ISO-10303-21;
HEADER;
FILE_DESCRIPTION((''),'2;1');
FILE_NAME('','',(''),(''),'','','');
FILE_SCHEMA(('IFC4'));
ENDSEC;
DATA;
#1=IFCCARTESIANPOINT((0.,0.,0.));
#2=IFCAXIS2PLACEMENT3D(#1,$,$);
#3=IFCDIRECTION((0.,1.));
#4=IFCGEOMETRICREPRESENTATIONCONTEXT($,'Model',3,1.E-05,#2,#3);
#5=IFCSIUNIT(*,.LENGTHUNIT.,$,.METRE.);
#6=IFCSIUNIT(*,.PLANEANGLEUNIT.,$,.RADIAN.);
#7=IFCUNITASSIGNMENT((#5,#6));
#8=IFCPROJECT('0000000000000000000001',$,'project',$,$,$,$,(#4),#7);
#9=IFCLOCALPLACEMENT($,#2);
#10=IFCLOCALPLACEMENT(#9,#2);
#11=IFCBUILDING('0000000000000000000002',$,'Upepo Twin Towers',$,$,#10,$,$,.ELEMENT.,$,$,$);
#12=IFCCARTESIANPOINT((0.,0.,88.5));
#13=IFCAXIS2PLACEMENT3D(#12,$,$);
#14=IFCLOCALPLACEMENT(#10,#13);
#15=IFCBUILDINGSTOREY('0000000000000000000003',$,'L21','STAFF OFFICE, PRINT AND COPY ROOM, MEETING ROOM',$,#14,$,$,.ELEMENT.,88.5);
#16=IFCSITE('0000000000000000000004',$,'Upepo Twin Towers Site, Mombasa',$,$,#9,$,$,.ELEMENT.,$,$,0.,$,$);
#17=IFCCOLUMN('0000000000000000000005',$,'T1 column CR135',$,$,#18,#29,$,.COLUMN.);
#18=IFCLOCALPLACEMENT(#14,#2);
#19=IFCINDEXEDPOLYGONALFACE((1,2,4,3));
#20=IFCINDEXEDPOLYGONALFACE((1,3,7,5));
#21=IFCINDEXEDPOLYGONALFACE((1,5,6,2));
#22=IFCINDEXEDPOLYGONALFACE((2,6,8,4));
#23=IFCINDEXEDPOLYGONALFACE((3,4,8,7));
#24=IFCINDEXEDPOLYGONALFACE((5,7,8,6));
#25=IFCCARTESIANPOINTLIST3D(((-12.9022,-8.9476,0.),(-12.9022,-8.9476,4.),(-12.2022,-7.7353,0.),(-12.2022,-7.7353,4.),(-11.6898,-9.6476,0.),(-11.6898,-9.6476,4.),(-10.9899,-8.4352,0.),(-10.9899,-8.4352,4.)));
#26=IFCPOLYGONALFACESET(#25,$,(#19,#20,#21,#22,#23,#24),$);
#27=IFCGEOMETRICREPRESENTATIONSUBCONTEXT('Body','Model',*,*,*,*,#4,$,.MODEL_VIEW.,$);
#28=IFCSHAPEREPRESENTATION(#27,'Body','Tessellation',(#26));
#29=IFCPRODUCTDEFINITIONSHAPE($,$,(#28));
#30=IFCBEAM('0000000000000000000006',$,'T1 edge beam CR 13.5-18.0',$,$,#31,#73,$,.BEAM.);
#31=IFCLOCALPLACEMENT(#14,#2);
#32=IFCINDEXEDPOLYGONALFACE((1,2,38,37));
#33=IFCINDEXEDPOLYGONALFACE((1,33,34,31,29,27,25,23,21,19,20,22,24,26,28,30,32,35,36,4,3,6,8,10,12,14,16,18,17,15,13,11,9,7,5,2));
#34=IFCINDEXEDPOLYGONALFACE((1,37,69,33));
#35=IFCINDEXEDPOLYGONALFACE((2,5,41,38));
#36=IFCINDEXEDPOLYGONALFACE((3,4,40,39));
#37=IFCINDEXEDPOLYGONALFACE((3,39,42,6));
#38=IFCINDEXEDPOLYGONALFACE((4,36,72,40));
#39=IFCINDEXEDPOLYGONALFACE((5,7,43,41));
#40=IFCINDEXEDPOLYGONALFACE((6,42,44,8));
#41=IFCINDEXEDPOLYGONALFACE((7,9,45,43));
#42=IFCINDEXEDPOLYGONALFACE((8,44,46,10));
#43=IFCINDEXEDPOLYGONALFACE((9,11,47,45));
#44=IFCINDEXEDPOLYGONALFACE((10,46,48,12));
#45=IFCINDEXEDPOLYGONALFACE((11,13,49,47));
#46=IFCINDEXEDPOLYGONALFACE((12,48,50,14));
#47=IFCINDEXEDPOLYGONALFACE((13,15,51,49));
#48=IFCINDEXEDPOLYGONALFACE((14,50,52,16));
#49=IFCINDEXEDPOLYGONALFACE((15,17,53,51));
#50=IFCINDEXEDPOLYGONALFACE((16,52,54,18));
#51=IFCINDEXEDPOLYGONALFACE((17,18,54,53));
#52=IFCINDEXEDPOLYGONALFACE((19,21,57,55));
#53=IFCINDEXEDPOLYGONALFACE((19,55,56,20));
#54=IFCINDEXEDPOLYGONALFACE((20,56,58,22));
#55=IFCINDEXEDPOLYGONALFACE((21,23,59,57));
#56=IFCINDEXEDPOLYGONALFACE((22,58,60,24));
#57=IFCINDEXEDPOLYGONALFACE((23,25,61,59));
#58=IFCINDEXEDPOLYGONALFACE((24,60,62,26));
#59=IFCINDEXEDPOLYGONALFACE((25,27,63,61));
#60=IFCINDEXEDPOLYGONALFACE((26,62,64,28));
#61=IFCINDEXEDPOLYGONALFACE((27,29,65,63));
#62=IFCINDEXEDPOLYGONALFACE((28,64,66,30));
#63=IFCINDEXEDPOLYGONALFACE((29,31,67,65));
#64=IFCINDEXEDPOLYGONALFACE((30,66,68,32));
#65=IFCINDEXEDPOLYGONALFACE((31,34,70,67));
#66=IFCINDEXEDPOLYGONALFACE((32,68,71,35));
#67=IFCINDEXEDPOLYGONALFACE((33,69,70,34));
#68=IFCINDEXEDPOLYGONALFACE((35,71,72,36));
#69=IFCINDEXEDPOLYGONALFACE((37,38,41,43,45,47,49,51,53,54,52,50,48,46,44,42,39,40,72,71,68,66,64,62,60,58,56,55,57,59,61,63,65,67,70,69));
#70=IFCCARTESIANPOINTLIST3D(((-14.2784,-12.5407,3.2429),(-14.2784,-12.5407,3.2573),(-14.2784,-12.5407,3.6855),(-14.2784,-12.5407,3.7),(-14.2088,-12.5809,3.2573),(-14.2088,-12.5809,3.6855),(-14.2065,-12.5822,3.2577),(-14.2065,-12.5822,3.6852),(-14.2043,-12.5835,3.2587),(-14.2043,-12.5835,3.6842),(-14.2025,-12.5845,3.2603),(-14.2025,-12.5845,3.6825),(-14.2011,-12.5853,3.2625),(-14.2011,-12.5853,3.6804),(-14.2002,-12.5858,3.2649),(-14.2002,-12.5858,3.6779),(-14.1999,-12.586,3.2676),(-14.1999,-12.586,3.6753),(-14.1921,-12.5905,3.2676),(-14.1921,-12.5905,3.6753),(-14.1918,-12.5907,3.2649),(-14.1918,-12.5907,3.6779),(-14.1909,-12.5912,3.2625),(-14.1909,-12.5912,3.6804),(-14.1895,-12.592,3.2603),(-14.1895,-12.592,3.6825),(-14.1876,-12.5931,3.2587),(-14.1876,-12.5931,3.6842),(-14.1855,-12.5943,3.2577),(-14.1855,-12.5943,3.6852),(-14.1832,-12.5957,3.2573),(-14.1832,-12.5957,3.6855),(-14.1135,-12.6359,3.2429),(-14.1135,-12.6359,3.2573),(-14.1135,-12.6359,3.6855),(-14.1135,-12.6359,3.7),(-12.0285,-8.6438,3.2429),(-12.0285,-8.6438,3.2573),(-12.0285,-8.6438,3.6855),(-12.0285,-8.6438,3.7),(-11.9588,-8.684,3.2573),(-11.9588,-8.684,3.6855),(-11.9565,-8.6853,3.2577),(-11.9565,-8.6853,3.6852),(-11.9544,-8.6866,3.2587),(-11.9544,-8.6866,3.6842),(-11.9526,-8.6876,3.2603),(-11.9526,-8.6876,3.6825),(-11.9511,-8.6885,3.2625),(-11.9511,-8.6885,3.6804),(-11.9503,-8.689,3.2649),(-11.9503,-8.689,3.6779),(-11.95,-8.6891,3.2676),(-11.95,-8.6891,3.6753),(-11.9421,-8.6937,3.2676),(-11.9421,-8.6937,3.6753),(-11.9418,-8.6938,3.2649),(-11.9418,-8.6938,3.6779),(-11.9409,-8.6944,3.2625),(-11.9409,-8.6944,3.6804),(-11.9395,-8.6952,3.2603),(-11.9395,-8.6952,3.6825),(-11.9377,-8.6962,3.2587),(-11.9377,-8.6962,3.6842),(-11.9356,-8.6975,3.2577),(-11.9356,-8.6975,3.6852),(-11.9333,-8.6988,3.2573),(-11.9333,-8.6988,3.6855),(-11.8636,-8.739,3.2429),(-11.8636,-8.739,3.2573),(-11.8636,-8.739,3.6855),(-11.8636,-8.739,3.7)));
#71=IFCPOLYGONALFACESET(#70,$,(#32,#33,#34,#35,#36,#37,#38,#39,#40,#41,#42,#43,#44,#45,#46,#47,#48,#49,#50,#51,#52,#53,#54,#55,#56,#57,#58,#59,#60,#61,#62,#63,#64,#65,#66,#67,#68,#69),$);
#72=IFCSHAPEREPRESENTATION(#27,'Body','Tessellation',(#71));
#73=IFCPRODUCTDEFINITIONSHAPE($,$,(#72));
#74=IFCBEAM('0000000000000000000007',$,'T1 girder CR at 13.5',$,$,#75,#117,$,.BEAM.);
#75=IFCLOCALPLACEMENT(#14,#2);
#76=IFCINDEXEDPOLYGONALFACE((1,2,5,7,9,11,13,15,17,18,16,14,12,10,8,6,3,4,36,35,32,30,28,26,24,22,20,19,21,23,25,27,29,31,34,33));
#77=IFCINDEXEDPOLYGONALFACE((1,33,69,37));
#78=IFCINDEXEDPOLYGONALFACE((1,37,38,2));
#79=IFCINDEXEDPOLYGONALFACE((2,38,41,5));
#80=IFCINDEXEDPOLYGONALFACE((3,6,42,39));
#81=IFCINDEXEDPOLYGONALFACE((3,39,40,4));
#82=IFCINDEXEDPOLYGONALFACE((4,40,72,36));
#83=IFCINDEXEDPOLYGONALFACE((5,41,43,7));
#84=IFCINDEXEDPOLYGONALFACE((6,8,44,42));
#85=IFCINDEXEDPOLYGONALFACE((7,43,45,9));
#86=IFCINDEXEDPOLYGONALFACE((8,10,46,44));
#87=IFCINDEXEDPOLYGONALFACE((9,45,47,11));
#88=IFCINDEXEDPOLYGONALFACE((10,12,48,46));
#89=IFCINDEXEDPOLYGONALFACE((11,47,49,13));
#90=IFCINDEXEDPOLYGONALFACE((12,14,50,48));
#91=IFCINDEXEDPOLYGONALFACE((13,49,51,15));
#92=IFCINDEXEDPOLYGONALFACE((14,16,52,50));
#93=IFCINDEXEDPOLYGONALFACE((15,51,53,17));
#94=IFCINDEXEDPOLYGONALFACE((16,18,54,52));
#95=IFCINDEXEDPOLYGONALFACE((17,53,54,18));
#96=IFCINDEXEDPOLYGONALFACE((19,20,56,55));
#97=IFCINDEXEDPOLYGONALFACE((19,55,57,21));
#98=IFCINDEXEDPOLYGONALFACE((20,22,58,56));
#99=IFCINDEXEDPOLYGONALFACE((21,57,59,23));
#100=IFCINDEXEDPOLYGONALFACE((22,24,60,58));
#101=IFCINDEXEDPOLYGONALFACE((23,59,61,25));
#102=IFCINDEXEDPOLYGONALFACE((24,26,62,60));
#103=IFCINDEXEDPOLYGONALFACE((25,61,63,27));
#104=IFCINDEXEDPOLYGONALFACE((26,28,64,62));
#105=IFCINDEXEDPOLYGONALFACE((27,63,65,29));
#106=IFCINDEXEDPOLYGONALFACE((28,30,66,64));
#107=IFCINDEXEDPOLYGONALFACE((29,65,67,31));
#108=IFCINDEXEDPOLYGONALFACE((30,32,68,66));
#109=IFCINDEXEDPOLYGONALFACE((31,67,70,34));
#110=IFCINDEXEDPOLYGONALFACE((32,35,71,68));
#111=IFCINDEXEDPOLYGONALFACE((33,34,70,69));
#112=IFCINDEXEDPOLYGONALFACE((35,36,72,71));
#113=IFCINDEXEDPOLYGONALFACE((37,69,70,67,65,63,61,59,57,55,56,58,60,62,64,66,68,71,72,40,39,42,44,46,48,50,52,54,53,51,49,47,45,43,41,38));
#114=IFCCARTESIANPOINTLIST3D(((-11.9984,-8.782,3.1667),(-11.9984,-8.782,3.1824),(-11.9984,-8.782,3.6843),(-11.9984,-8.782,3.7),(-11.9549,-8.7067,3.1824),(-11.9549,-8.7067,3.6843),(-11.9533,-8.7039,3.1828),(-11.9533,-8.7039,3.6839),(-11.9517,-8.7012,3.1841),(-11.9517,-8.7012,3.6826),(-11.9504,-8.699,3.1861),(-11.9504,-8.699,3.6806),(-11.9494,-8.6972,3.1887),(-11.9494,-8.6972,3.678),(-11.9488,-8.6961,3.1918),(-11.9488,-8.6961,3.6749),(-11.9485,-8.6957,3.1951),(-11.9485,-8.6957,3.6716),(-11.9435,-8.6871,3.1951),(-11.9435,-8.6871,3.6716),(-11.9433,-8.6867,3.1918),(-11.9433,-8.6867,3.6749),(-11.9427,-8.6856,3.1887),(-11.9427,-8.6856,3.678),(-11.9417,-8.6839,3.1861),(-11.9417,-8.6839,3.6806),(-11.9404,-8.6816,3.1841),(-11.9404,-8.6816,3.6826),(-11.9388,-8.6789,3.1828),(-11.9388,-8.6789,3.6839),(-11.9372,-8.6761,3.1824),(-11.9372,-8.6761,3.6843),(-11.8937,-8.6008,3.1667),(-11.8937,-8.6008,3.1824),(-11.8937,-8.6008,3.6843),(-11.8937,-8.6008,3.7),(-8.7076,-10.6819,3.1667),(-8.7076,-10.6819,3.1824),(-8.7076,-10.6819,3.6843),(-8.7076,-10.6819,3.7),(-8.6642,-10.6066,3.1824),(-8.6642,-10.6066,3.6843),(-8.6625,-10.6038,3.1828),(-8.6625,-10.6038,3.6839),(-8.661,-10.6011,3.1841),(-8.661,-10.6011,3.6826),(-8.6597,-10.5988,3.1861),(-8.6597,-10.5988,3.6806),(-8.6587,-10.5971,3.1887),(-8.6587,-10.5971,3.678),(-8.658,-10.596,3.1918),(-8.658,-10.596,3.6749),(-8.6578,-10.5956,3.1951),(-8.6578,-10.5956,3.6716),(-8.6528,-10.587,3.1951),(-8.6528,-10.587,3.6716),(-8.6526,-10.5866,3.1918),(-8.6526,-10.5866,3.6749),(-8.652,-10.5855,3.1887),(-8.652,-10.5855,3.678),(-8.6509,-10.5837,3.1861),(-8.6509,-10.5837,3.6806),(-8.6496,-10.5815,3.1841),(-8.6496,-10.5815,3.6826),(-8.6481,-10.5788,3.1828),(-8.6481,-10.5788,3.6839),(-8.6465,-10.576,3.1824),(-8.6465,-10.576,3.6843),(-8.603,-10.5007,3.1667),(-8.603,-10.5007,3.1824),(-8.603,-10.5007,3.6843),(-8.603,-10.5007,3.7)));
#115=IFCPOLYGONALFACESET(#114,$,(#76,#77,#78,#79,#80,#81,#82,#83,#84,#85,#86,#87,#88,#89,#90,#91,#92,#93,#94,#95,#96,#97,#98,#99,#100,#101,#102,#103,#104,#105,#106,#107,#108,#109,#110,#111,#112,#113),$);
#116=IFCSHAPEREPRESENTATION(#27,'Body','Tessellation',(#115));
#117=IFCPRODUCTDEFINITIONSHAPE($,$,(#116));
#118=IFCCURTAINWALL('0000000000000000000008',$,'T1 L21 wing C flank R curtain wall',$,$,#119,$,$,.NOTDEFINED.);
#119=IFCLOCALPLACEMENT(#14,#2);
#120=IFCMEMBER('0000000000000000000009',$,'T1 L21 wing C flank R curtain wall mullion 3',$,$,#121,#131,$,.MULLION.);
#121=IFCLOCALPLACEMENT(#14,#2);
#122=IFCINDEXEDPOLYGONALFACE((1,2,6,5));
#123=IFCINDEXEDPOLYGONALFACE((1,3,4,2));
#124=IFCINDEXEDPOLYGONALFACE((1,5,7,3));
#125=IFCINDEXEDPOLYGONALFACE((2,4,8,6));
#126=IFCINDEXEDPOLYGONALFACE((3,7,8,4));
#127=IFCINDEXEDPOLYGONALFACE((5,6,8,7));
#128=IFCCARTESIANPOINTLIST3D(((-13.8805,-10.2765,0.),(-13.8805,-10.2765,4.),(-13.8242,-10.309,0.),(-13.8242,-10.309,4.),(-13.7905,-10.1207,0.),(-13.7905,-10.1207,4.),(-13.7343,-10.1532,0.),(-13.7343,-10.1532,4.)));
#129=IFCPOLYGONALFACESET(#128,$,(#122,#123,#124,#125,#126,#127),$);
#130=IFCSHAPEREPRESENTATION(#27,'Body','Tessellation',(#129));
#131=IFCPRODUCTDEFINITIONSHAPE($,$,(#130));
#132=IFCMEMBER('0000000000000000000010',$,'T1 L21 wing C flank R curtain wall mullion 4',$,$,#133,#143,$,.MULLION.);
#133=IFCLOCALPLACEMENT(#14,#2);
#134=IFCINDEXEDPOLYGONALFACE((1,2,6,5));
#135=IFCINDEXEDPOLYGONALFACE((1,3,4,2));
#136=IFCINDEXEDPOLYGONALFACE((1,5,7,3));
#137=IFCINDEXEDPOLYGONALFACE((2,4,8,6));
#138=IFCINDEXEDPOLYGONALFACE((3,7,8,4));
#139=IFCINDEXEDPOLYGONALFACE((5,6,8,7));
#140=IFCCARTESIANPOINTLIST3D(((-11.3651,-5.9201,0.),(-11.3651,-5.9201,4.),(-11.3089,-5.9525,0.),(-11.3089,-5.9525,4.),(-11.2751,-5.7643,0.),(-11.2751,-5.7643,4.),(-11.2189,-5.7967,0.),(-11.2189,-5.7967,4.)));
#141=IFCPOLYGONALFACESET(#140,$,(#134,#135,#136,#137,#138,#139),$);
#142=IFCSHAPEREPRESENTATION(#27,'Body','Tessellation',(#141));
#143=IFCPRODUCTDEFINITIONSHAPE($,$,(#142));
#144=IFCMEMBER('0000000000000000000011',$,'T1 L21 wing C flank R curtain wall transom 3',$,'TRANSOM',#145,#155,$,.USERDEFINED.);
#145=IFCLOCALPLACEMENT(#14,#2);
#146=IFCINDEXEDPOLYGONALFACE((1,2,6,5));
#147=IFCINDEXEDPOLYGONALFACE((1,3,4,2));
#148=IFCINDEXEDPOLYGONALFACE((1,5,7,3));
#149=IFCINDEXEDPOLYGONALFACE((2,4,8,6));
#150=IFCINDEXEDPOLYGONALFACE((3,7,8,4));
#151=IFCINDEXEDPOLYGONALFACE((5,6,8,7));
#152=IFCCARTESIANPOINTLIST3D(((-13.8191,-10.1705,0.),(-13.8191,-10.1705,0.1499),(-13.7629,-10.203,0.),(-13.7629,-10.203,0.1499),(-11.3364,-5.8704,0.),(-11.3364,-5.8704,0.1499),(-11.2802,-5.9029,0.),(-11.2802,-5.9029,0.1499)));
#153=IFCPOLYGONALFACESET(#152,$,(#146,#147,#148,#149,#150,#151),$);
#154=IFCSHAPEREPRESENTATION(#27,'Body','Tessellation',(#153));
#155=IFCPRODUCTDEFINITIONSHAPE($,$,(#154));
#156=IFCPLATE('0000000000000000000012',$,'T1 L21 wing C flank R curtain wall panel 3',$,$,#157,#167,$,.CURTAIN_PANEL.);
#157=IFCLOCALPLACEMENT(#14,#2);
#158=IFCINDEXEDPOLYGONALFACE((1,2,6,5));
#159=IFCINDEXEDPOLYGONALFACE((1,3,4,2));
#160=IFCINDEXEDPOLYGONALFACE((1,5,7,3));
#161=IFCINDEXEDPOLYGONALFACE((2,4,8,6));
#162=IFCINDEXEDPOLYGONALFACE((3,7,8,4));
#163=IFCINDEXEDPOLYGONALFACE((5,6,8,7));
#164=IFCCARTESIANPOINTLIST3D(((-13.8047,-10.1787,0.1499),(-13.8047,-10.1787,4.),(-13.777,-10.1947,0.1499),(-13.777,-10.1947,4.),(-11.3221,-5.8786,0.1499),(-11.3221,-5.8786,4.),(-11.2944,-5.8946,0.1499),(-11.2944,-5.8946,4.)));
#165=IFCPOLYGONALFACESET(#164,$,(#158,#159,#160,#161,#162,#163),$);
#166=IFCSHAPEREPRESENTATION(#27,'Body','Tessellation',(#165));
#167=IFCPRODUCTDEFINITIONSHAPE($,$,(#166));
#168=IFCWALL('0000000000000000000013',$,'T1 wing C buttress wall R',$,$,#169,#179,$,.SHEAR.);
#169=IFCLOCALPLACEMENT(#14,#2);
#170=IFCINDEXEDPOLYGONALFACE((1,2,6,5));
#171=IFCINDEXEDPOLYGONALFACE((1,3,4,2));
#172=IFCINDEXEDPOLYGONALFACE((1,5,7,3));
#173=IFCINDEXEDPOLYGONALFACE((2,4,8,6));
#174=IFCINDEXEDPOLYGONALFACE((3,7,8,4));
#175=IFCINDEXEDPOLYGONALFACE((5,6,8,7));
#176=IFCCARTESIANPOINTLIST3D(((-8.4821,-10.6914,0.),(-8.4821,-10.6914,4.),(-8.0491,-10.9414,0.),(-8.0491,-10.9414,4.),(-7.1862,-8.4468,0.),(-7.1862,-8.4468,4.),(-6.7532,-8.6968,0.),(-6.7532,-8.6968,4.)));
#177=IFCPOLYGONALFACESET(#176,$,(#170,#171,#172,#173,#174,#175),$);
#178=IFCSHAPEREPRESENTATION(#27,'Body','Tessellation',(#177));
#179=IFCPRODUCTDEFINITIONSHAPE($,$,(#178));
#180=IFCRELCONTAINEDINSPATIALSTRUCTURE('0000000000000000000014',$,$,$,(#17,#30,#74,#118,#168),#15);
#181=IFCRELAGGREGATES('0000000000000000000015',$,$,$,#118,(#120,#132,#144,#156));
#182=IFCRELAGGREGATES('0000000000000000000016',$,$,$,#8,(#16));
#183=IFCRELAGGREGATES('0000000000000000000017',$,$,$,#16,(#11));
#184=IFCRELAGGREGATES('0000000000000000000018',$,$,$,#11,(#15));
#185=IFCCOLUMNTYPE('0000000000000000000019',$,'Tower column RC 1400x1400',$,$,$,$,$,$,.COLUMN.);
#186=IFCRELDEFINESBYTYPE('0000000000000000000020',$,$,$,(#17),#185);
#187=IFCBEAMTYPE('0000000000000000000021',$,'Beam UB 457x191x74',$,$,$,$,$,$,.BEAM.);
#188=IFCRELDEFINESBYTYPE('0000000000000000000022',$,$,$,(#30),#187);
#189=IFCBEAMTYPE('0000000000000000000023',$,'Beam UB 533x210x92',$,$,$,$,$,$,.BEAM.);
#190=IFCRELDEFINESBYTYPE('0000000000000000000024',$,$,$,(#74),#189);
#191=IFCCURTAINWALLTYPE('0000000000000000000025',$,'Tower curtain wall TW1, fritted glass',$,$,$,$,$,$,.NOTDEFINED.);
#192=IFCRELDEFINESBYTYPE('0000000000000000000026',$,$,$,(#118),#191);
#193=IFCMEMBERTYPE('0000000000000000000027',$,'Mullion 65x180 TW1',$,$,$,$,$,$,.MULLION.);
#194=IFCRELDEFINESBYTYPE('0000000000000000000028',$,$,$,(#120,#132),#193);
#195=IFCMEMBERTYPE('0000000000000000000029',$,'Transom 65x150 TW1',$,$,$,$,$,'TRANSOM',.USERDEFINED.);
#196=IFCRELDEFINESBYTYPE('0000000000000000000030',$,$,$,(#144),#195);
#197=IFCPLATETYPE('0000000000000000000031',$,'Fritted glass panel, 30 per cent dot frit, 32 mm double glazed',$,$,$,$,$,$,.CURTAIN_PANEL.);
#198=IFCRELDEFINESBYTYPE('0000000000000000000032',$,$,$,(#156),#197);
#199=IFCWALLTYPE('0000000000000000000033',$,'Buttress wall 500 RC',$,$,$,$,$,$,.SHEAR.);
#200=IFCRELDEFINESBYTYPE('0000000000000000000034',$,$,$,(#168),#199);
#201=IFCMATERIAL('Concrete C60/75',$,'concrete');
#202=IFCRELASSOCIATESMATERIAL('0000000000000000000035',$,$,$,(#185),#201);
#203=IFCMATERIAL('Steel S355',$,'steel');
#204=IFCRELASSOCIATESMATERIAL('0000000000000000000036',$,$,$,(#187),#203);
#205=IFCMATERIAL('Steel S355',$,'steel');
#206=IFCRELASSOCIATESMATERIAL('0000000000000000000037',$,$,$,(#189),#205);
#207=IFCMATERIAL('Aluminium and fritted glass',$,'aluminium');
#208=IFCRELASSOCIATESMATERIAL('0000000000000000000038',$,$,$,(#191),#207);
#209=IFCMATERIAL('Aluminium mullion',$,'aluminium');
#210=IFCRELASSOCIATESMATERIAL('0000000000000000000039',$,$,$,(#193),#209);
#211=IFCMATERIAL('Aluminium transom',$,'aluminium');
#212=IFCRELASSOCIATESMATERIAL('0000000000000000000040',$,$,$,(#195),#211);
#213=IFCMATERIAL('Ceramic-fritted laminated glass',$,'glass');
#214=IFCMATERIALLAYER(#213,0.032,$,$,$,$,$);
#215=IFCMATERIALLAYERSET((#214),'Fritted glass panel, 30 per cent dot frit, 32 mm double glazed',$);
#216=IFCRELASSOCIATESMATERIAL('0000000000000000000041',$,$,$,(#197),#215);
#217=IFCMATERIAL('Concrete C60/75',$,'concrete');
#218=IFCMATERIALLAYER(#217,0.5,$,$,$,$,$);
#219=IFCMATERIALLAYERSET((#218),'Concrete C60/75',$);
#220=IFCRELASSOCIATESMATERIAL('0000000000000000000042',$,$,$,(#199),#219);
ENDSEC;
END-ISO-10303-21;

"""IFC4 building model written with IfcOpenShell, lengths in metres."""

from ifc_helpers import new_model, si_unit, direction, frame, frame_2d, origin, origin_2d, place, context, subcontext, project, spatial, rectangle, i_section, extrude, material, layer, layer_set, material_profile, profile_set, type_object, element, aggregate, save


model = new_model("IFC4")

# Units and contexts
model_context = context("Model", 3, precision=1e-05, world=origin(), true_north=direction((0.0, 1.0)))
body_context = subcontext(model_context, "Body", "Model", "MODEL_VIEW")
ifc_project = project(units=[si_unit("LENGTHUNIT", "METRE"), si_unit("PLANEANGLEUNIT", "RADIAN")], contexts=[model_context])

# Site, building, storey
site_placement = place(None, origin())
site = spatial("IfcSite", under=ifc_project, at=site_placement, Name="Upepo Twin Towers Site, Mombasa", CompositionType="ELEMENT", RefElevation=0.0)
building_placement = place(site_placement, origin())
building = spatial("IfcBuilding", under=site, at=building_placement, Name="Upepo Twin Towers", CompositionType="ELEMENT")
storey_placement = place(building_placement, frame((0.0, 0.0, 88.5)))
storey = spatial("IfcBuildingStorey", under=building, at=storey_placement, Name="L21", Description="STAFF OFFICE, PRINT AND COPY ROOM, MEETING ROOM", CompositionType="ELEMENT", Elevation=88.5)

# Column
ifc_material_1 = material(Name="Concrete C60/75", Category="concrete")
ifc_material_profile_1 = material_profile(ifc_material_1, rectangle(XDim=1.3999, YDim=1.3999, at=origin_2d()), Name="RC 1400x1400")
ifc_profile_set_1 = profile_set([ifc_material_profile_1], Name="Concrete C60/75")
column_type = type_object("IfcColumnType", Name="Tower column RC 1400x1400", PredefinedType="COLUMN", material=ifc_profile_set_1)
column_placement = place(storey_placement, frame((-11.946, -8.6914, 0.0), z_axis=(0.0, 0.0, 1.0), x_axis=(0.5, 0.866025, 0.0)))
element("IfcColumn", 1, at=column_placement, inside=storey, type_object=column_type, Name="T1 column CR135", PredefinedType="COLUMN", context=body_context, shape_type="SweptSolid", body=[
    extrude(rectangle(XDim=1.3999, YDim=1.3999, at=origin_2d()), origin(), (0.0, 0.0, 1.0), 4.0),
])

# Beams
ifc_material_2 = material(Name="Steel S355", Category="steel")
ifc_material_profile_2 = material_profile(ifc_material_2, i_section(OverallWidth=0.1904, OverallDepth=0.457, WebThickness=0.009, FlangeThickness=0.0144, FilletRadius=0.0103, at=origin_2d()), Name="UB 457x191x74")
ifc_profile_set_2 = profile_set([ifc_material_profile_2], Name="Steel S355")
beam_type_1 = type_object("IfcBeamType", Name="Beam UB 457x191x74", PredefinedType="BEAM", material=ifc_profile_set_2)
beam_1_placement = place(storey_placement, frame((-11.946, -8.6914, 3.4714), z_axis=(-0.500014, -0.866018, 0.0), x_axis=(0.866018, -0.500014, 0.0)))
element("IfcBeam", 2, at=beam_1_placement, inside=storey, type_object=beam_type_1, Name="T1 edge beam CR 13.5-18.0", PredefinedType="BEAM", context=body_context, shape_type="SweptSolid", body=[
    extrude(i_section(OverallWidth=0.1904, OverallDepth=0.457, WebThickness=0.009, FlangeThickness=0.0144, FilletRadius=0.0103, at=origin_2d()), origin(), (0.0, 0.0, 1.0), 4.4998),
])
ifc_material_3 = material(Name="Steel S355", Category="steel")
ifc_material_profile_3 = material_profile(ifc_material_3, i_section(OverallWidth=0.2092, OverallDepth=0.5332, WebThickness=0.01, FlangeThickness=0.0156, FilletRadius=0.0127, at=origin_2d()), Name="UB 533x210x92")
ifc_profile_set_3 = profile_set([ifc_material_profile_3], Name="Steel S355")
beam_type_2 = type_object("IfcBeamType", Name="Beam UB 533x210x92", PredefinedType="BEAM", material=ifc_profile_set_3)
beam_2_placement = place(storey_placement, frame((-11.946, -8.6914, 3.4333), z_axis=(0.866028, -0.499995, 0.0), x_axis=(0.499995, 0.866028, 0.0)))
element("IfcBeam", 3, at=beam_2_placement, inside=storey, type_object=beam_type_2, Name="T1 girder CR at 13.5", PredefinedType="BEAM", context=body_context, shape_type="SweptSolid", body=[
    extrude(i_section(OverallWidth=0.2092, OverallDepth=0.5332, WebThickness=0.01, FlangeThickness=0.0156, FilletRadius=0.0127, at=origin_2d()), origin(), (0.0, 0.0, 1.0), 3.7998),
])

# Curtain wall, members, plate
ifc_material_4 = material(Name="Aluminium and fritted glass", Category="aluminium")
curtain_wall_type = type_object("IfcCurtainWallType", Name="Tower curtain wall TW1, fritted glass", PredefinedType="NOTDEFINED", material=ifc_material_4)
curtain_wall_placement = place(storey_placement, origin())
curtain_wall = element("IfcCurtainWall", 4, at=curtain_wall_placement, inside=storey, type_object=curtain_wall_type, Name="T1 L21 wing C flank R curtain wall", PredefinedType="NOTDEFINED")
ifc_material_5 = material(Name="Aluminium mullion", Category="aluminium")
ifc_material_profile_4 = material_profile(ifc_material_5, rectangle(XDim=0.0649, YDim=0.1799, at=origin_2d()), Name="MULLION 65x180")
ifc_profile_set_4 = profile_set([ifc_material_profile_4], Name="Aluminium mullion")
member_type_1 = type_object("IfcMemberType", Name="Mullion 65x180 TW1", PredefinedType="MULLION", material=ifc_profile_set_4)
member_1_placement = place(storey_placement, frame((-13.8074, -10.2148, 0.0), z_axis=(0.0, 0.0, 1.0), x_axis=(-0.866025, 0.5, 0.0)))
member_1 = element("IfcMember", 5, at=member_1_placement, type_object=member_type_1, Name="T1 L21 wing C flank R curtain wall mullion 3", PredefinedType="MULLION", context=body_context, shape_type="SweptSolid", body=[
    extrude(rectangle(XDim=0.0649, YDim=0.1799, at=origin_2d()), origin(), (0.0, 0.0, 1.0), 4.0),
])
member_2_placement = place(storey_placement, frame((-11.292, -5.8584, 0.0), z_axis=(0.0, 0.0, 1.0), x_axis=(-0.866025, 0.5, 0.0)))
member_2 = element("IfcMember", 6, at=member_2_placement, type_object=member_type_1, Name="T1 L21 wing C flank R curtain wall mullion 4", PredefinedType="MULLION", context=body_context, shape_type="SweptSolid", body=[
    extrude(rectangle(XDim=0.0649, YDim=0.1799, at=origin_2d()), origin(), (0.0, 0.0, 1.0), 4.0),
])
ifc_material_6 = material(Name="Aluminium transom", Category="aluminium")
ifc_material_profile_5 = material_profile(ifc_material_6, rectangle(XDim=0.0649, YDim=0.1499, at=origin_2d()), Name="TRANSOM 65x150")
ifc_profile_set_5 = profile_set([ifc_material_profile_5], Name="Aluminium transom")
member_type_2 = type_object("IfcMemberType", Name="Transom 65x150 TW1", ElementType="TRANSOM", PredefinedType="USERDEFINED", material=ifc_profile_set_5)
member_3_placement = place(storey_placement, frame((-13.791, -10.1868, 0.075), z_axis=(0.500005, 0.866023, 0.0), x_axis=(-0.866023, 0.500005, 0.0)))
member_3 = element("IfcMember", 7, at=member_3_placement, type_object=member_type_2, Name="T1 L21 wing C flank R curtain wall transom 3", ObjectType="TRANSOM", PredefinedType="USERDEFINED", context=body_context, shape_type="SweptSolid", body=[
    extrude(rectangle(XDim=0.0649, YDim=0.1499, at=origin_2d()), origin(), (0.0, 0.0, 1.0), 4.9653),
])
ifc_material_7 = material(Name="Ceramic-fritted laminated glass", Category="glass")
ifc_layer_1 = layer(ifc_material_7, 0.032)
ifc_layer_set_1 = layer_set([ifc_layer_1], Name="Fritted glass panel, 30 per cent dot frit, 32 mm double glazed")
plate_type = type_object("IfcPlateType", Name="Fritted glass panel, 30 per cent dot frit, 32 mm double glazed", PredefinedType="CURTAIN_PANEL", material=ifc_layer_set_1)
plate_placement = place(storey_placement, frame((-12.5496, -8.0366, 0.1499), z_axis=(0.0, 0.0, 1.0), x_axis=(0.5, 0.866025, 0.0)))
plate = element("IfcPlate", 8, at=plate_placement, type_object=plate_type, Name="T1 L21 wing C flank R curtain wall panel 3", PredefinedType="CURTAIN_PANEL", context=body_context, shape_type="SweptSolid", body=[
    extrude(rectangle(XDim=4.9653, YDim=0.032, at=origin_2d()), origin(), (0.0, 0.0, 1.0), 3.8501),
])
aggregate(curtain_wall, [member_1, member_2, member_3, plate])

# Wall
ifc_material_8 = material(Name="Concrete C60/75", Category="concrete")
ifc_layer_2 = layer(ifc_material_8, 0.5)
ifc_layer_set_2 = layer_set([ifc_layer_2], Name="Concrete C60/75")
wall_type_1 = type_object("IfcWallType", Name="Buttress wall 500 RC", PredefinedType="SHEAR", material=ifc_layer_set_2)
wall_1_placement = place(storey_placement, frame((-6.9697, -8.5718, 0.0), z_axis=(0.0, 0.0, 1.0), x_axis=(-0.499989, -0.866032, 0.0)))
element("IfcWall", 9, at=wall_1_placement, inside=storey, type_object=wall_type_1, Name="T1 wing C buttress wall R", PredefinedType="SHEAR", context=body_context, shape_type="SweptSolid", body=[
    extrude(rectangle(XDim=2.5918, YDim=0.5, at=frame_2d((1.2959, 0.0))), origin(), (0.0, 0.0, 1.0), 4.0),
])

save(model, "model.ifc")
